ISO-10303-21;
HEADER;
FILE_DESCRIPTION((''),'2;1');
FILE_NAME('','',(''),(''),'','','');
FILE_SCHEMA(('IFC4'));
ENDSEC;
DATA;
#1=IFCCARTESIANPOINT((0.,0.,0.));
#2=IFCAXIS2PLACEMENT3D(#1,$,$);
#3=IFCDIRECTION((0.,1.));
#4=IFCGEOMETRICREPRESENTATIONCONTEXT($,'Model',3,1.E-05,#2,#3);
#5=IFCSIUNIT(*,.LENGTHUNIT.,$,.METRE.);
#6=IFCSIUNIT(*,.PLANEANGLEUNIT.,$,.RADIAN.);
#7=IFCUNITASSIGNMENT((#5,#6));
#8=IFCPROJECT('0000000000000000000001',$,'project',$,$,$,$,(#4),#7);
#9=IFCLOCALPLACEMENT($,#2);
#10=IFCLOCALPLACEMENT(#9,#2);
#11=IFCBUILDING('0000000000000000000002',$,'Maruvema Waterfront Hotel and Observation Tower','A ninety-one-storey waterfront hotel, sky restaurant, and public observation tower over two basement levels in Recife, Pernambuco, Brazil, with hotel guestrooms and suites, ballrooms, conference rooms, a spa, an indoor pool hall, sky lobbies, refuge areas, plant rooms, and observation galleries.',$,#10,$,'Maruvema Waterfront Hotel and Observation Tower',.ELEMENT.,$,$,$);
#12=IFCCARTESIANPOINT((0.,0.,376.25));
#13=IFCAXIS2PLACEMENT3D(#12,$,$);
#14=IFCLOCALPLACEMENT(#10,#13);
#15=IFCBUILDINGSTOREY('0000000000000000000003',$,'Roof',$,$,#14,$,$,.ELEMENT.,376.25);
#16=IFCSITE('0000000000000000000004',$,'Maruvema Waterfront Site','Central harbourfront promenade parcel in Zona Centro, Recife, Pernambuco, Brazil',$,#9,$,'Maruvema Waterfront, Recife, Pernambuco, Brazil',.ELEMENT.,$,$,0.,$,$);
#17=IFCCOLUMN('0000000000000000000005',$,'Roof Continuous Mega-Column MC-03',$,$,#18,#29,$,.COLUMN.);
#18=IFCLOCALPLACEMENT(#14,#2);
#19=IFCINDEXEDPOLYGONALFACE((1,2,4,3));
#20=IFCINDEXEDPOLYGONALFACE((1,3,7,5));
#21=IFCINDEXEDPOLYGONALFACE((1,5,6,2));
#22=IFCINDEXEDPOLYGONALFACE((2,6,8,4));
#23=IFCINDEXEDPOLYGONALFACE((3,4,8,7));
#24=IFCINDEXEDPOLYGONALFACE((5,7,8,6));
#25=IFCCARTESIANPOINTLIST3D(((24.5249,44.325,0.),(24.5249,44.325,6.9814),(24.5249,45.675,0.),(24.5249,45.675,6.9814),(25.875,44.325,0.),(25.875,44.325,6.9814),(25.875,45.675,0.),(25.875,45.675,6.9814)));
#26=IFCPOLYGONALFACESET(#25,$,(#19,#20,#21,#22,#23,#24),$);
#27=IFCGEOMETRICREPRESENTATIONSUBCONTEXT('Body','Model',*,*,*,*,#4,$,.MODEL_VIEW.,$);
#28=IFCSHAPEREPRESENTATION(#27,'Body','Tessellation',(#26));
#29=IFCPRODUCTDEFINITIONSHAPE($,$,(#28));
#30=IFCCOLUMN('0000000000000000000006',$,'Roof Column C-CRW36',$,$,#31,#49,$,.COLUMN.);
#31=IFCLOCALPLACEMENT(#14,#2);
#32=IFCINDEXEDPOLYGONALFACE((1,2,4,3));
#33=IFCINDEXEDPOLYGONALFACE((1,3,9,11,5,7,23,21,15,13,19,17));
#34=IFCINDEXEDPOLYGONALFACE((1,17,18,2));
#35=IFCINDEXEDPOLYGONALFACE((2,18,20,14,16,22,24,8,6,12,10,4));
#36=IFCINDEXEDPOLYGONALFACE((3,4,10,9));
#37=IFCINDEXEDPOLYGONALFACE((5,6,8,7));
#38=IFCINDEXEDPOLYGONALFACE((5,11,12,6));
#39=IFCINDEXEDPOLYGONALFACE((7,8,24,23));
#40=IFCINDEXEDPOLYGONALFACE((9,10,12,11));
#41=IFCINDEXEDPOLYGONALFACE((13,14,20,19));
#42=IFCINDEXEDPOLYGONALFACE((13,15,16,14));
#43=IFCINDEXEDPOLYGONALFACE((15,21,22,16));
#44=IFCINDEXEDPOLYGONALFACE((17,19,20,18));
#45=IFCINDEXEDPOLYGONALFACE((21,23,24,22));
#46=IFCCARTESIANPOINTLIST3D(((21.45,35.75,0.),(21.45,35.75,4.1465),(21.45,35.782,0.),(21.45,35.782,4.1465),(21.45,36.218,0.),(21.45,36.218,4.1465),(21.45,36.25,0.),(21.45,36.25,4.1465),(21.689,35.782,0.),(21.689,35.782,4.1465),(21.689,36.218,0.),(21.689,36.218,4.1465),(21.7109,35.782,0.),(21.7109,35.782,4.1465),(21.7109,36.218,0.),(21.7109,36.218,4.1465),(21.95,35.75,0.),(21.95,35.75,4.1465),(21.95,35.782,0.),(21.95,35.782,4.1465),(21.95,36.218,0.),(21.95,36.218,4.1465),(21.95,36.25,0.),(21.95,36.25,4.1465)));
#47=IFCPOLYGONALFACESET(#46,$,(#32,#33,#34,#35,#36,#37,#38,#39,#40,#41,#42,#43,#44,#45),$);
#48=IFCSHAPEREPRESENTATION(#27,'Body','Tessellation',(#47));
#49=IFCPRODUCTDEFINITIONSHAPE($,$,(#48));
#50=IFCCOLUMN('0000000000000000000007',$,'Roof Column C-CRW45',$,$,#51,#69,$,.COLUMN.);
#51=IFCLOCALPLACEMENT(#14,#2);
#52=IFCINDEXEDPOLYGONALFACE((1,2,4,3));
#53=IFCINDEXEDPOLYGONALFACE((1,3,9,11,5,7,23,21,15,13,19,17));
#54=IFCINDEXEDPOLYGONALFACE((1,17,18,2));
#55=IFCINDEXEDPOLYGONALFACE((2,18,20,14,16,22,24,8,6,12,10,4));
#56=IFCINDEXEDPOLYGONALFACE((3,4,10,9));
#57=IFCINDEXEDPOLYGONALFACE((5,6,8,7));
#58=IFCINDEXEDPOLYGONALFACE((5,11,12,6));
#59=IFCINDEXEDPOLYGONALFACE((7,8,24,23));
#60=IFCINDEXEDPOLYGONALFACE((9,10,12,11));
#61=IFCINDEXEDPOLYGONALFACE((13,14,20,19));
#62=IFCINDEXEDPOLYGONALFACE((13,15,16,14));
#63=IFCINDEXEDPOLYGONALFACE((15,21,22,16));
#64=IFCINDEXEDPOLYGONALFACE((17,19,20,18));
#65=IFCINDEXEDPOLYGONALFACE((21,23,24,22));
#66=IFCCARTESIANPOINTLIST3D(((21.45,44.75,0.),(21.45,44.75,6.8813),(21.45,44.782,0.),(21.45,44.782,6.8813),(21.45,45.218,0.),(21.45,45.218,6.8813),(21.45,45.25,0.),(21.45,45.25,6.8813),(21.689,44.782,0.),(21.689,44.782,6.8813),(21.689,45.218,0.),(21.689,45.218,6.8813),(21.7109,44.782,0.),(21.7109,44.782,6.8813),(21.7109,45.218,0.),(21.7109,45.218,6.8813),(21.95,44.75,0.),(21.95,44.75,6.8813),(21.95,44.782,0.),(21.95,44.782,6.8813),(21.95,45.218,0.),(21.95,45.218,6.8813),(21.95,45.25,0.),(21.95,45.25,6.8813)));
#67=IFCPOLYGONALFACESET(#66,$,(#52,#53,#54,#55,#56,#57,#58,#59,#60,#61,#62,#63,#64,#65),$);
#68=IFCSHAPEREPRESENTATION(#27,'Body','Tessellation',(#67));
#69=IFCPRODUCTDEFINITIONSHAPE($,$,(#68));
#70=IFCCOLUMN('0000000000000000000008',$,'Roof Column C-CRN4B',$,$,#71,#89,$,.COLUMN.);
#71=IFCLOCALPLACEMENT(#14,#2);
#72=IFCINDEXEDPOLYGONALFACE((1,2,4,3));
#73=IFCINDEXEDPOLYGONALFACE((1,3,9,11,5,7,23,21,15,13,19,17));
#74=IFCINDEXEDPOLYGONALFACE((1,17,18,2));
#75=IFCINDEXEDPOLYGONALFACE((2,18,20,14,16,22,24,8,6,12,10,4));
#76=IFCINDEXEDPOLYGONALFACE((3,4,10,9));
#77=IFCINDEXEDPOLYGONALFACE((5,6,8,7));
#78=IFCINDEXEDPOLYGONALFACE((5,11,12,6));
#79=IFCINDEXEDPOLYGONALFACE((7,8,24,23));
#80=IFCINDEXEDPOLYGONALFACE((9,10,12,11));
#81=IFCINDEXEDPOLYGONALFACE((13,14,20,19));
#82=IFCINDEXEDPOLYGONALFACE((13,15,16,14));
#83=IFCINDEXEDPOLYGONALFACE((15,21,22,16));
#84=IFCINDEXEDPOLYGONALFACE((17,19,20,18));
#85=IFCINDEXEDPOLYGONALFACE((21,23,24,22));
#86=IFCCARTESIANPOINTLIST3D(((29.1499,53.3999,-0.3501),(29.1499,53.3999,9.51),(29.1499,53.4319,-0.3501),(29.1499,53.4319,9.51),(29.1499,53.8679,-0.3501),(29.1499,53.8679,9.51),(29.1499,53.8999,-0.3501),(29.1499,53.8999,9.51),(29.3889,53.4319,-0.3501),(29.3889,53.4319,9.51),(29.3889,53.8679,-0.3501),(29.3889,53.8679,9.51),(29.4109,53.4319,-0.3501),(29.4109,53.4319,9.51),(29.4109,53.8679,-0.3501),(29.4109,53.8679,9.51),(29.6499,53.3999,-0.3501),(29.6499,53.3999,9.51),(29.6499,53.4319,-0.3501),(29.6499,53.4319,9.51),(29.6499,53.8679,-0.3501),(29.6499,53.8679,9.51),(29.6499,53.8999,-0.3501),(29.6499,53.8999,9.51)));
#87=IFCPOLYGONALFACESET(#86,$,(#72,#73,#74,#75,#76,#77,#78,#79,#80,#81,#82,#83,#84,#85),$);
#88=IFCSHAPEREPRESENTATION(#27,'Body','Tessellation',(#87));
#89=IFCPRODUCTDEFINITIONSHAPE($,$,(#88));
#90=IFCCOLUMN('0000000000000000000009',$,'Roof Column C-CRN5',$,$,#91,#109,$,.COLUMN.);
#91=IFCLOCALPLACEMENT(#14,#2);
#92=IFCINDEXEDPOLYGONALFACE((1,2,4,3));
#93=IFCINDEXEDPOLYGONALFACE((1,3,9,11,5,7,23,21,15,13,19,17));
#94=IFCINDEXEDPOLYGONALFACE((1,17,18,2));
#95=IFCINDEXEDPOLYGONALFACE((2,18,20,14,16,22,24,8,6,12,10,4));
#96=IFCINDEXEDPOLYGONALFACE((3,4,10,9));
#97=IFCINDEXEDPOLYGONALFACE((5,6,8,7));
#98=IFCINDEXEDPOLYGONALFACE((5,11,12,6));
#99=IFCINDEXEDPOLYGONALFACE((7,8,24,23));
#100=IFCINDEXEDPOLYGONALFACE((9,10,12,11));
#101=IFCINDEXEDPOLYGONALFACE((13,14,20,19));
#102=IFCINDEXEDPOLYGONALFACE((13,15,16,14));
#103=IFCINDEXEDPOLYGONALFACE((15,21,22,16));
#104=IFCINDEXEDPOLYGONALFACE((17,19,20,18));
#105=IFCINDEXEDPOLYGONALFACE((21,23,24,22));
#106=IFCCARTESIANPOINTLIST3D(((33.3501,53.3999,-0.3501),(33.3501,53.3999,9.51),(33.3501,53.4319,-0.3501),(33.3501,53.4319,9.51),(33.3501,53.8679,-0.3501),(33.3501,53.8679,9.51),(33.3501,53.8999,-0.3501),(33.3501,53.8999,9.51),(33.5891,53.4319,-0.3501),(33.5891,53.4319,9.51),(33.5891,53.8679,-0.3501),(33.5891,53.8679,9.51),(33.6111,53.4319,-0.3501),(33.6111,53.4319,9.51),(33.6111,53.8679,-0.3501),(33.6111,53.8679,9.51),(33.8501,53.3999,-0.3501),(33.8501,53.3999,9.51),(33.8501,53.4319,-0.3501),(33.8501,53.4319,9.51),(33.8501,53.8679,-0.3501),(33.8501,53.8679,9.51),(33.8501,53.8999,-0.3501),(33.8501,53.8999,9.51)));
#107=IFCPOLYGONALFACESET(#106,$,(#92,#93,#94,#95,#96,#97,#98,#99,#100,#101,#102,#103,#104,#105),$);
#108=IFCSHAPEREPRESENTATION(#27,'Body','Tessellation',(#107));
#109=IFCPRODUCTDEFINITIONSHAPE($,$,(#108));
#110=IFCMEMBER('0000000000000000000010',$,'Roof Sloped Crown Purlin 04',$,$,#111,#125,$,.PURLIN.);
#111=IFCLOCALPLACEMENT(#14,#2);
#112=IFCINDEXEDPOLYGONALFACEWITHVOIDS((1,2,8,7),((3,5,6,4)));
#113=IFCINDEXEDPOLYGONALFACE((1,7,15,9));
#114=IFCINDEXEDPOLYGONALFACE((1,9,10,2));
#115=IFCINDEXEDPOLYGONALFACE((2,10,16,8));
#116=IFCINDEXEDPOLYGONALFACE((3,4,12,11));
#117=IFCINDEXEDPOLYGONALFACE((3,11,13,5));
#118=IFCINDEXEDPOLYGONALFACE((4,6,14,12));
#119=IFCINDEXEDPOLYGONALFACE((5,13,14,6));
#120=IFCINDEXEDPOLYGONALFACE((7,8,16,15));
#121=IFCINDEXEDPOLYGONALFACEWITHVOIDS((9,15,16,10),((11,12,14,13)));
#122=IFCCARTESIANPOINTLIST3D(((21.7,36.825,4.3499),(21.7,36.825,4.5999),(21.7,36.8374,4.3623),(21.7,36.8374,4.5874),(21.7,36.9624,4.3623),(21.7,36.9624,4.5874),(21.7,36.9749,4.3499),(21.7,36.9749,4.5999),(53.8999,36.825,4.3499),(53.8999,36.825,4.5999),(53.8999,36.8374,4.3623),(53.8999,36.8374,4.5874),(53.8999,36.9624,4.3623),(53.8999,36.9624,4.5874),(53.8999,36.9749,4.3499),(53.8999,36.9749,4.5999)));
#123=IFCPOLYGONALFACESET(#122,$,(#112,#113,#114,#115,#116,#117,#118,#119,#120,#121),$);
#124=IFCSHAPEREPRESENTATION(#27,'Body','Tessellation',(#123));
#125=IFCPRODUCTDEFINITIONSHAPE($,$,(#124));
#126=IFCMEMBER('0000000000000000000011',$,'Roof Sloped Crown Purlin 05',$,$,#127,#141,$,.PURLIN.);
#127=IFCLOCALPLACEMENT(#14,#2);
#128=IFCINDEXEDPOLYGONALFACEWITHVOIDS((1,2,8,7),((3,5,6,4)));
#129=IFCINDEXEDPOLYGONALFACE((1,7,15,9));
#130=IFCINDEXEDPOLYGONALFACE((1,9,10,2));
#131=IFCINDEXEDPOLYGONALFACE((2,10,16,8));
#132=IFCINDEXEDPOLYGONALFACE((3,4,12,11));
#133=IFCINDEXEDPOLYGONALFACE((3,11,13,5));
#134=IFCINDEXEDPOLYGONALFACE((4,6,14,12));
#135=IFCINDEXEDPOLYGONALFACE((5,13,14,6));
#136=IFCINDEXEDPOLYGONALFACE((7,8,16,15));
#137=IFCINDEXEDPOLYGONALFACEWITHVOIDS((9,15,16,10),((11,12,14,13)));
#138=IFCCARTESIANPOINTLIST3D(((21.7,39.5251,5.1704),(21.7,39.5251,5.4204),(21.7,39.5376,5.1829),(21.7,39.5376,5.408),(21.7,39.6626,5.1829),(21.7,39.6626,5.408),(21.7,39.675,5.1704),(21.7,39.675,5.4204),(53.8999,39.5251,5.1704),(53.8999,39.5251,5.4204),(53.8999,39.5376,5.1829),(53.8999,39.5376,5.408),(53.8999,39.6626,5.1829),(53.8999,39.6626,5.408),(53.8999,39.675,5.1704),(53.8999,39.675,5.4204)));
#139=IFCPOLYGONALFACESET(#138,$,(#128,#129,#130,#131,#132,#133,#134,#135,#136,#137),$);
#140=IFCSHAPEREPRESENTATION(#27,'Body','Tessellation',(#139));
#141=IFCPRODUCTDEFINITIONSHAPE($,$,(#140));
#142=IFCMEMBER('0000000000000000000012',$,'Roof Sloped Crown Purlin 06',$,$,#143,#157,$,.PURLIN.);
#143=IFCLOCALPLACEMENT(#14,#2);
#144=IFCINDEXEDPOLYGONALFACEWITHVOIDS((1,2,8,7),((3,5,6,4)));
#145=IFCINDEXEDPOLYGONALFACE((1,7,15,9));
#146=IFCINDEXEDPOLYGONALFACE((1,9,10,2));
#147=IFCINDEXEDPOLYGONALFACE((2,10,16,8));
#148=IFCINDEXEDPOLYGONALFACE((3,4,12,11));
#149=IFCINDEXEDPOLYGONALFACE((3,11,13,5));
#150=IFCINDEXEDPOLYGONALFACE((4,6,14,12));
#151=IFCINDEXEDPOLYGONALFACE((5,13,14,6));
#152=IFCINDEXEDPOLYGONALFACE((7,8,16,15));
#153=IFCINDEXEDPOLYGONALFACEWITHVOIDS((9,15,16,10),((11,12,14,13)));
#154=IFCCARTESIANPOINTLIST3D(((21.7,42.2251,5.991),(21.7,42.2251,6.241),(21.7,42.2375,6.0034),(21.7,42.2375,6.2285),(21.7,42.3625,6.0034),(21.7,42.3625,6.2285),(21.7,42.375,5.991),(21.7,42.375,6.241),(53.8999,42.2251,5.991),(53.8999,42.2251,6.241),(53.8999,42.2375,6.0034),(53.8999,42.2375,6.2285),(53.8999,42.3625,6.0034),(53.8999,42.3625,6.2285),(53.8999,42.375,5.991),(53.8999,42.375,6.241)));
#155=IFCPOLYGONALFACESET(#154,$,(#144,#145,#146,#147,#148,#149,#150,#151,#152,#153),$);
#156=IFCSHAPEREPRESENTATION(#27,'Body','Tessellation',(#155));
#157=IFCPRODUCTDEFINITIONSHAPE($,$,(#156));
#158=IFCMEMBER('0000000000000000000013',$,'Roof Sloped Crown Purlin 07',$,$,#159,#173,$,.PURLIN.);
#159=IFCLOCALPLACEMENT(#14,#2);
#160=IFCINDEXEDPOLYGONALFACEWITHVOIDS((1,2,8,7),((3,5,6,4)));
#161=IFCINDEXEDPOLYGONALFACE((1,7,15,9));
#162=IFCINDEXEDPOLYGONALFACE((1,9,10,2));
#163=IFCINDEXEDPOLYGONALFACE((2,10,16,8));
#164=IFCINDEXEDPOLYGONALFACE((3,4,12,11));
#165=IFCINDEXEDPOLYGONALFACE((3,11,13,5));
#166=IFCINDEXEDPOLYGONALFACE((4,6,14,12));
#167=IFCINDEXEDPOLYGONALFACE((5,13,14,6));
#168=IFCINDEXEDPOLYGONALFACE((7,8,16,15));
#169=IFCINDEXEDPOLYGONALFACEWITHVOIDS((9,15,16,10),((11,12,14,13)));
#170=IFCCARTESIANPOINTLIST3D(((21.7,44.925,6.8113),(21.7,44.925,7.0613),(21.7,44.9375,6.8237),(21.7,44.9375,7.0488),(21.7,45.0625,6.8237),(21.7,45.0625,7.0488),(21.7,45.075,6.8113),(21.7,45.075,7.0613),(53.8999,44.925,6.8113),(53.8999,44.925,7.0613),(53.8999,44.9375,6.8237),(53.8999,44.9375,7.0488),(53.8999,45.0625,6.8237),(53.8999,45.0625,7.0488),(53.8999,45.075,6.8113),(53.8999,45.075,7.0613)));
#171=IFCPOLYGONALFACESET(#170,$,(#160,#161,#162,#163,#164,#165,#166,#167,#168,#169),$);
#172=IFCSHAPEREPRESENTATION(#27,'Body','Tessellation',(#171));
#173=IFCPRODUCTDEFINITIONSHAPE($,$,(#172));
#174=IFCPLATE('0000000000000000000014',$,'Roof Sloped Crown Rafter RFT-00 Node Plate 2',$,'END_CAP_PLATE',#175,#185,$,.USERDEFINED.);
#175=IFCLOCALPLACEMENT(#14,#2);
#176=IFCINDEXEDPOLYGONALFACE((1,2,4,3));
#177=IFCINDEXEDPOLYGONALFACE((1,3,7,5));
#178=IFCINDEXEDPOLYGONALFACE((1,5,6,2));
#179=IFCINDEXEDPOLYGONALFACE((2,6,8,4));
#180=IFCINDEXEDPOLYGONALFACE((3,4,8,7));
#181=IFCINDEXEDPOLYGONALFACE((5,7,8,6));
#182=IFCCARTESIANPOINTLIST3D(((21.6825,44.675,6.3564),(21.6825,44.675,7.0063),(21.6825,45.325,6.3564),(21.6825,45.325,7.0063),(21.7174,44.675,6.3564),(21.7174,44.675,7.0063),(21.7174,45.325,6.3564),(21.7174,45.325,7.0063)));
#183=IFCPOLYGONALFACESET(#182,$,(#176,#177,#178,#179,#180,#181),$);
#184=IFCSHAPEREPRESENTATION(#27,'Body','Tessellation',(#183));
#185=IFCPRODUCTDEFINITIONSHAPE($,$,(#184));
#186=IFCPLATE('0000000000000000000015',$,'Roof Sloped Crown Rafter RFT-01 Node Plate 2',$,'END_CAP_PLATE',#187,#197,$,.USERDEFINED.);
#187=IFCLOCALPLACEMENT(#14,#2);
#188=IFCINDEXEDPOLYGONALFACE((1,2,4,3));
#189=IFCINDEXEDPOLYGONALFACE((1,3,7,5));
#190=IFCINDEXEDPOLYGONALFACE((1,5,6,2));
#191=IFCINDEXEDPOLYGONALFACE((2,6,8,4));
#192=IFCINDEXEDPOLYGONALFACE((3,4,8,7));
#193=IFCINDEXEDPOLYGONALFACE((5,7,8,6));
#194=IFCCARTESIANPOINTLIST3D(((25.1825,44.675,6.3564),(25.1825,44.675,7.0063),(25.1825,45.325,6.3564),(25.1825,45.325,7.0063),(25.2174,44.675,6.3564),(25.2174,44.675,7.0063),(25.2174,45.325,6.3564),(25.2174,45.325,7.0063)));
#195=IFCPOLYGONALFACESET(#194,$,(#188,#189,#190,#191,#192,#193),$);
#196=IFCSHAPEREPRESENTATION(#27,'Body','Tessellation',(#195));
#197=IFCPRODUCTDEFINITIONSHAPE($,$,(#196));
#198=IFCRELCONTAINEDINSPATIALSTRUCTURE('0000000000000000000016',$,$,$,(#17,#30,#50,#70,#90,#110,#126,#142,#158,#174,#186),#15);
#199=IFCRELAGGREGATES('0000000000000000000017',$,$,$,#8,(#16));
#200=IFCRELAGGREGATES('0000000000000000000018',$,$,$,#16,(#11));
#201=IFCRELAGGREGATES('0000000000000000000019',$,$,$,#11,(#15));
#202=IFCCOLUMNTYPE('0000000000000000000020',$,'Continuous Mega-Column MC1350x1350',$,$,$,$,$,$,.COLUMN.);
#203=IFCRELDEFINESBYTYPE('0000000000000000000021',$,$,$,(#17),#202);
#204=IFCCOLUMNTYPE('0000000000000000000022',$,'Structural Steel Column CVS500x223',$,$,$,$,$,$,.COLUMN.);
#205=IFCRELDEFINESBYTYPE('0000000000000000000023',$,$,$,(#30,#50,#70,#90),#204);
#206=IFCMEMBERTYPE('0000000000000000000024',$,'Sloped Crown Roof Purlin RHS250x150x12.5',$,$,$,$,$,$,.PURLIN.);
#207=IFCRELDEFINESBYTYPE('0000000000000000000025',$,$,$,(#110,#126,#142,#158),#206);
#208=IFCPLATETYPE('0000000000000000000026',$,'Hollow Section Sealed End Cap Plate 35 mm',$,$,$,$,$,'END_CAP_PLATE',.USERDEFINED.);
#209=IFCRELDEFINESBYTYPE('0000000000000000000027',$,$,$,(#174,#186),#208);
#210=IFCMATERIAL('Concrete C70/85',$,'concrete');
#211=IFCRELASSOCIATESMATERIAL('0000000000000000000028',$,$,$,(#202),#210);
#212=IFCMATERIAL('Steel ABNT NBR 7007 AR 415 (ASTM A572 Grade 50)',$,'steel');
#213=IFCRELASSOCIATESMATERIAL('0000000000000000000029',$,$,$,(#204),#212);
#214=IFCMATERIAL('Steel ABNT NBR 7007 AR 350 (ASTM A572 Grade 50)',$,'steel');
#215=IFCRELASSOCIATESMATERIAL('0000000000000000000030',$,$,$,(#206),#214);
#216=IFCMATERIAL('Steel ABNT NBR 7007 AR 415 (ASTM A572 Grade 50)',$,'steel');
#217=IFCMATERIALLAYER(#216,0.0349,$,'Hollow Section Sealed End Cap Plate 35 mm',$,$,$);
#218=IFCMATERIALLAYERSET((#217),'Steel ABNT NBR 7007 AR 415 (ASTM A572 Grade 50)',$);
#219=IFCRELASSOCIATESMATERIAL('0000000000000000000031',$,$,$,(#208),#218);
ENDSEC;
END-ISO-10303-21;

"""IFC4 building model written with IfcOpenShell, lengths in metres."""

from ifc_helpers import new_model, si_unit, direction, frame, origin, origin_2d, place, context, subcontext, project, spatial, rectangle, hollow_rectangle, i_section, extrude, material, layer, layer_set, material_profile, profile_set, type_object, element, save


model = new_model("IFC4")

# Units and contexts
model_context = context("Model", 3, precision=1e-05, world=origin(), true_north=direction((0.0, 1.0)))
body_context = subcontext(model_context, "Body", "Model", "MODEL_VIEW")
ifc_project = project(units=[si_unit("LENGTHUNIT", "METRE"), si_unit("PLANEANGLEUNIT", "RADIAN")], contexts=[model_context])

# Site, building, storey
site_placement = place(None, origin())
site = spatial("IfcSite", under=ifc_project, at=site_placement, Name="Maruvema Waterfront Site", Description="Central harbourfront promenade parcel in Zona Centro, Recife, Pernambuco, Brazil", LongName="Maruvema Waterfront, Recife, Pernambuco, Brazil", CompositionType="ELEMENT", RefElevation=0.0)
building_placement = place(site_placement, origin())
building = spatial("IfcBuilding", under=site, at=building_placement, Name="Maruvema Waterfront Hotel and Observation Tower", Description="A ninety-one-storey waterfront hotel, sky restaurant, and public observation tower over two basement levels in Recife, Pernambuco, Brazil, with hotel guestrooms and suites, ballrooms, conference rooms, a spa, an indoor pool hall, sky lobbies, refuge areas, plant rooms, and observation galleries.", LongName="Maruvema Waterfront Hotel and Observation Tower", CompositionType="ELEMENT")
storey_placement = place(building_placement, frame((0.0, 0.0, 376.25)))
storey = spatial("IfcBuildingStorey", under=building, at=storey_placement, Name="Roof", CompositionType="ELEMENT", Elevation=376.25)

# Columns
ifc_material_1 = material(Name="Concrete C70/85", Category="concrete")
ifc_material_profile_1 = material_profile(ifc_material_1, rectangle(XDim=1.3501, YDim=1.3501, at=origin_2d()), Name="MC1350x1350")
ifc_profile_set_1 = profile_set([ifc_material_profile_1], Name="Concrete C70/85")
column_type_1 = type_object("IfcColumnType", Name="Continuous Mega-Column MC1350x1350", PredefinedType="COLUMN", material=ifc_profile_set_1)
column_1_placement = place(storey_placement, frame((25.2, 45.0, 0.0), z_axis=(0.0, 0.0, 1.0), x_axis=(1.0, 0.0, 0.0)))
element("IfcColumn", 1, at=column_1_placement, inside=storey, type_object=column_type_1, Name="Roof Continuous Mega-Column MC-03", PredefinedType="COLUMN", context=body_context, shape_type="SweptSolid", body=[
    extrude(rectangle(XDim=1.3501, YDim=1.3501, at=origin_2d()), origin(), (0.0, 0.0, 1.0), 6.9814),
])
ifc_material_2 = material(Name="Steel ABNT NBR 7007 AR 415 (ASTM A572 Grade 50)", Category="steel")
ifc_material_profile_2 = material_profile(ifc_material_2, i_section(OverallWidth=0.5, OverallDepth=0.5, WebThickness=0.022, FlangeThickness=0.032, at=origin_2d()), Name="CVS500x223")
ifc_profile_set_2 = profile_set([ifc_material_profile_2], Name="Steel ABNT NBR 7007 AR 415 (ASTM A572 Grade 50)")
column_type_2 = type_object("IfcColumnType", Name="Structural Steel Column CVS500x223", PredefinedType="COLUMN", material=ifc_profile_set_2)
column_2_placement = place(storey_placement, frame((21.7, 36.0, 0.0), z_axis=(0.0, 0.0, 1.0), x_axis=(1.0, 0.0, 0.0)))
element("IfcColumn", 2, at=column_2_placement, inside=storey, type_object=column_type_2, Name="Roof Column C-CRW36", PredefinedType="COLUMN", context=body_context, shape_type="SweptSolid", body=[
    extrude(i_section(OverallWidth=0.5, OverallDepth=0.5, WebThickness=0.022, FlangeThickness=0.032, at=origin_2d()), origin(), (0.0, 0.0, 1.0), 4.1465),
])
column_3_placement = place(storey_placement, frame((21.7, 45.0, 0.0), z_axis=(0.0, 0.0, 1.0), x_axis=(1.0, 0.0, 0.0)))
element("IfcColumn", 3, at=column_3_placement, inside=storey, type_object=column_type_2, Name="Roof Column C-CRW45", PredefinedType="COLUMN", context=body_context, shape_type="SweptSolid", body=[
    extrude(i_section(OverallWidth=0.5, OverallDepth=0.5, WebThickness=0.022, FlangeThickness=0.032, at=origin_2d()), origin(), (0.0, 0.0, 1.0), 6.8813),
])
for number, where, z_axis, x_axis, name in (
    (4, (29.3999, 53.6499, -0.3501), (0.0, 0.0, 1.0), (1.0, 0.0, 0.0), "Roof Column C-CRN4B"),
    (5, (33.6001, 53.6499, -0.3501), (0.0, 0.0, 1.0), (1.0, 0.0, 0.0), "Roof Column C-CRN5"),
):
    element("IfcColumn", number, at=place(storey_placement, frame(where, z_axis=z_axis, x_axis=x_axis)), inside=storey, type_object=column_type_2, Name=name, PredefinedType="COLUMN", context=body_context, shape_type="SweptSolid", body=[
        extrude(i_section(OverallWidth=0.5, OverallDepth=0.5, WebThickness=0.022, FlangeThickness=0.032, at=origin_2d()), origin(), (0.0, 0.0, 1.0), 9.8601),
    ])

# Members
ifc_material_3 = material(Name="Steel ABNT NBR 7007 AR 350 (ASTM A572 Grade 50)", Category="steel")
ifc_material_profile_3 = material_profile(ifc_material_3, hollow_rectangle(XDim=0.1499, YDim=0.25, WallThickness=0.0125, at=origin_2d()), Name="RHS250x150x12.5")
ifc_profile_set_3 = profile_set([ifc_material_profile_3], Name="Steel ABNT NBR 7007 AR 350 (ASTM A572 Grade 50)")
member_type = type_object("IfcMemberType", Name="Sloped Crown Roof Purlin RHS250x150x12.5", PredefinedType="PURLIN", material=ifc_profile_set_3)
for number, where, z_axis, x_axis, name in (
    (6, (21.7, 36.8999, 4.4749), (1.0, 0.0, 0.0), (0.0, 1.0, 0.0), "Roof Sloped Crown Purlin 04"),
    (7, (21.7, 39.6001, 5.2954), (1.0, 0.0, 0.0), (0.0, 1.0, 0.0), "Roof Sloped Crown Purlin 05"),
    (8, (21.7, 42.3, 6.116), (1.0, 0.0, 0.0), (0.0, 1.0, 0.0), "Roof Sloped Crown Purlin 06"),
    (9, (21.7, 45.0, 6.9363), (1.0, 0.0, 0.0), (0.0, 1.0, 0.0), "Roof Sloped Crown Purlin 07"),
):
    element("IfcMember", number, at=place(storey_placement, frame(where, z_axis=z_axis, x_axis=x_axis)), inside=storey, type_object=member_type, Name=name, PredefinedType="PURLIN", context=body_context, shape_type="SweptSolid", body=[
        extrude(hollow_rectangle(XDim=0.1499, YDim=0.25, WallThickness=0.0125, at=origin_2d()), origin(), (0.0, 0.0, 1.0), 32.2),
    ])

# Plates
ifc_material_4 = material(Name="Steel ABNT NBR 7007 AR 415 (ASTM A572 Grade 50)", Category="steel")
ifc_layer_1 = layer(ifc_material_4, 0.0349, Name="Hollow Section Sealed End Cap Plate 35 mm")
ifc_layer_set_1 = layer_set([ifc_layer_1], Name="Steel ABNT NBR 7007 AR 415 (ASTM A572 Grade 50)")
plate_type = type_object("IfcPlateType", Name="Hollow Section Sealed End Cap Plate 35 mm", ElementType="END_CAP_PLATE", PredefinedType="USERDEFINED", material=ifc_layer_set_1)
for number, where, z_axis, x_axis, name in (
    (10, (21.7, 45.0, 6.3564), (0.0, 0.0, 1.0), (0.0, 1.0, 0.0), "Roof Sloped Crown Rafter RFT-00 Node Plate 2"),
    (11, (25.2, 45.0, 6.3564), (0.0, 0.0, 1.0), (0.0, 1.0, 0.0), "Roof Sloped Crown Rafter RFT-01 Node Plate 2"),
):
    element("IfcPlate", number, at=place(storey_placement, frame(where, z_axis=z_axis, x_axis=x_axis)), inside=storey, type_object=plate_type, Name=name, ObjectType="END_CAP_PLATE", PredefinedType="USERDEFINED", context=body_context, shape_type="SweptSolid", body=[
        extrude(rectangle(XDim=0.6499, YDim=0.0349, at=origin_2d()), origin(), (0.0, 0.0, 1.0), 0.6499),
    ])

save(model, "model.ifc")
